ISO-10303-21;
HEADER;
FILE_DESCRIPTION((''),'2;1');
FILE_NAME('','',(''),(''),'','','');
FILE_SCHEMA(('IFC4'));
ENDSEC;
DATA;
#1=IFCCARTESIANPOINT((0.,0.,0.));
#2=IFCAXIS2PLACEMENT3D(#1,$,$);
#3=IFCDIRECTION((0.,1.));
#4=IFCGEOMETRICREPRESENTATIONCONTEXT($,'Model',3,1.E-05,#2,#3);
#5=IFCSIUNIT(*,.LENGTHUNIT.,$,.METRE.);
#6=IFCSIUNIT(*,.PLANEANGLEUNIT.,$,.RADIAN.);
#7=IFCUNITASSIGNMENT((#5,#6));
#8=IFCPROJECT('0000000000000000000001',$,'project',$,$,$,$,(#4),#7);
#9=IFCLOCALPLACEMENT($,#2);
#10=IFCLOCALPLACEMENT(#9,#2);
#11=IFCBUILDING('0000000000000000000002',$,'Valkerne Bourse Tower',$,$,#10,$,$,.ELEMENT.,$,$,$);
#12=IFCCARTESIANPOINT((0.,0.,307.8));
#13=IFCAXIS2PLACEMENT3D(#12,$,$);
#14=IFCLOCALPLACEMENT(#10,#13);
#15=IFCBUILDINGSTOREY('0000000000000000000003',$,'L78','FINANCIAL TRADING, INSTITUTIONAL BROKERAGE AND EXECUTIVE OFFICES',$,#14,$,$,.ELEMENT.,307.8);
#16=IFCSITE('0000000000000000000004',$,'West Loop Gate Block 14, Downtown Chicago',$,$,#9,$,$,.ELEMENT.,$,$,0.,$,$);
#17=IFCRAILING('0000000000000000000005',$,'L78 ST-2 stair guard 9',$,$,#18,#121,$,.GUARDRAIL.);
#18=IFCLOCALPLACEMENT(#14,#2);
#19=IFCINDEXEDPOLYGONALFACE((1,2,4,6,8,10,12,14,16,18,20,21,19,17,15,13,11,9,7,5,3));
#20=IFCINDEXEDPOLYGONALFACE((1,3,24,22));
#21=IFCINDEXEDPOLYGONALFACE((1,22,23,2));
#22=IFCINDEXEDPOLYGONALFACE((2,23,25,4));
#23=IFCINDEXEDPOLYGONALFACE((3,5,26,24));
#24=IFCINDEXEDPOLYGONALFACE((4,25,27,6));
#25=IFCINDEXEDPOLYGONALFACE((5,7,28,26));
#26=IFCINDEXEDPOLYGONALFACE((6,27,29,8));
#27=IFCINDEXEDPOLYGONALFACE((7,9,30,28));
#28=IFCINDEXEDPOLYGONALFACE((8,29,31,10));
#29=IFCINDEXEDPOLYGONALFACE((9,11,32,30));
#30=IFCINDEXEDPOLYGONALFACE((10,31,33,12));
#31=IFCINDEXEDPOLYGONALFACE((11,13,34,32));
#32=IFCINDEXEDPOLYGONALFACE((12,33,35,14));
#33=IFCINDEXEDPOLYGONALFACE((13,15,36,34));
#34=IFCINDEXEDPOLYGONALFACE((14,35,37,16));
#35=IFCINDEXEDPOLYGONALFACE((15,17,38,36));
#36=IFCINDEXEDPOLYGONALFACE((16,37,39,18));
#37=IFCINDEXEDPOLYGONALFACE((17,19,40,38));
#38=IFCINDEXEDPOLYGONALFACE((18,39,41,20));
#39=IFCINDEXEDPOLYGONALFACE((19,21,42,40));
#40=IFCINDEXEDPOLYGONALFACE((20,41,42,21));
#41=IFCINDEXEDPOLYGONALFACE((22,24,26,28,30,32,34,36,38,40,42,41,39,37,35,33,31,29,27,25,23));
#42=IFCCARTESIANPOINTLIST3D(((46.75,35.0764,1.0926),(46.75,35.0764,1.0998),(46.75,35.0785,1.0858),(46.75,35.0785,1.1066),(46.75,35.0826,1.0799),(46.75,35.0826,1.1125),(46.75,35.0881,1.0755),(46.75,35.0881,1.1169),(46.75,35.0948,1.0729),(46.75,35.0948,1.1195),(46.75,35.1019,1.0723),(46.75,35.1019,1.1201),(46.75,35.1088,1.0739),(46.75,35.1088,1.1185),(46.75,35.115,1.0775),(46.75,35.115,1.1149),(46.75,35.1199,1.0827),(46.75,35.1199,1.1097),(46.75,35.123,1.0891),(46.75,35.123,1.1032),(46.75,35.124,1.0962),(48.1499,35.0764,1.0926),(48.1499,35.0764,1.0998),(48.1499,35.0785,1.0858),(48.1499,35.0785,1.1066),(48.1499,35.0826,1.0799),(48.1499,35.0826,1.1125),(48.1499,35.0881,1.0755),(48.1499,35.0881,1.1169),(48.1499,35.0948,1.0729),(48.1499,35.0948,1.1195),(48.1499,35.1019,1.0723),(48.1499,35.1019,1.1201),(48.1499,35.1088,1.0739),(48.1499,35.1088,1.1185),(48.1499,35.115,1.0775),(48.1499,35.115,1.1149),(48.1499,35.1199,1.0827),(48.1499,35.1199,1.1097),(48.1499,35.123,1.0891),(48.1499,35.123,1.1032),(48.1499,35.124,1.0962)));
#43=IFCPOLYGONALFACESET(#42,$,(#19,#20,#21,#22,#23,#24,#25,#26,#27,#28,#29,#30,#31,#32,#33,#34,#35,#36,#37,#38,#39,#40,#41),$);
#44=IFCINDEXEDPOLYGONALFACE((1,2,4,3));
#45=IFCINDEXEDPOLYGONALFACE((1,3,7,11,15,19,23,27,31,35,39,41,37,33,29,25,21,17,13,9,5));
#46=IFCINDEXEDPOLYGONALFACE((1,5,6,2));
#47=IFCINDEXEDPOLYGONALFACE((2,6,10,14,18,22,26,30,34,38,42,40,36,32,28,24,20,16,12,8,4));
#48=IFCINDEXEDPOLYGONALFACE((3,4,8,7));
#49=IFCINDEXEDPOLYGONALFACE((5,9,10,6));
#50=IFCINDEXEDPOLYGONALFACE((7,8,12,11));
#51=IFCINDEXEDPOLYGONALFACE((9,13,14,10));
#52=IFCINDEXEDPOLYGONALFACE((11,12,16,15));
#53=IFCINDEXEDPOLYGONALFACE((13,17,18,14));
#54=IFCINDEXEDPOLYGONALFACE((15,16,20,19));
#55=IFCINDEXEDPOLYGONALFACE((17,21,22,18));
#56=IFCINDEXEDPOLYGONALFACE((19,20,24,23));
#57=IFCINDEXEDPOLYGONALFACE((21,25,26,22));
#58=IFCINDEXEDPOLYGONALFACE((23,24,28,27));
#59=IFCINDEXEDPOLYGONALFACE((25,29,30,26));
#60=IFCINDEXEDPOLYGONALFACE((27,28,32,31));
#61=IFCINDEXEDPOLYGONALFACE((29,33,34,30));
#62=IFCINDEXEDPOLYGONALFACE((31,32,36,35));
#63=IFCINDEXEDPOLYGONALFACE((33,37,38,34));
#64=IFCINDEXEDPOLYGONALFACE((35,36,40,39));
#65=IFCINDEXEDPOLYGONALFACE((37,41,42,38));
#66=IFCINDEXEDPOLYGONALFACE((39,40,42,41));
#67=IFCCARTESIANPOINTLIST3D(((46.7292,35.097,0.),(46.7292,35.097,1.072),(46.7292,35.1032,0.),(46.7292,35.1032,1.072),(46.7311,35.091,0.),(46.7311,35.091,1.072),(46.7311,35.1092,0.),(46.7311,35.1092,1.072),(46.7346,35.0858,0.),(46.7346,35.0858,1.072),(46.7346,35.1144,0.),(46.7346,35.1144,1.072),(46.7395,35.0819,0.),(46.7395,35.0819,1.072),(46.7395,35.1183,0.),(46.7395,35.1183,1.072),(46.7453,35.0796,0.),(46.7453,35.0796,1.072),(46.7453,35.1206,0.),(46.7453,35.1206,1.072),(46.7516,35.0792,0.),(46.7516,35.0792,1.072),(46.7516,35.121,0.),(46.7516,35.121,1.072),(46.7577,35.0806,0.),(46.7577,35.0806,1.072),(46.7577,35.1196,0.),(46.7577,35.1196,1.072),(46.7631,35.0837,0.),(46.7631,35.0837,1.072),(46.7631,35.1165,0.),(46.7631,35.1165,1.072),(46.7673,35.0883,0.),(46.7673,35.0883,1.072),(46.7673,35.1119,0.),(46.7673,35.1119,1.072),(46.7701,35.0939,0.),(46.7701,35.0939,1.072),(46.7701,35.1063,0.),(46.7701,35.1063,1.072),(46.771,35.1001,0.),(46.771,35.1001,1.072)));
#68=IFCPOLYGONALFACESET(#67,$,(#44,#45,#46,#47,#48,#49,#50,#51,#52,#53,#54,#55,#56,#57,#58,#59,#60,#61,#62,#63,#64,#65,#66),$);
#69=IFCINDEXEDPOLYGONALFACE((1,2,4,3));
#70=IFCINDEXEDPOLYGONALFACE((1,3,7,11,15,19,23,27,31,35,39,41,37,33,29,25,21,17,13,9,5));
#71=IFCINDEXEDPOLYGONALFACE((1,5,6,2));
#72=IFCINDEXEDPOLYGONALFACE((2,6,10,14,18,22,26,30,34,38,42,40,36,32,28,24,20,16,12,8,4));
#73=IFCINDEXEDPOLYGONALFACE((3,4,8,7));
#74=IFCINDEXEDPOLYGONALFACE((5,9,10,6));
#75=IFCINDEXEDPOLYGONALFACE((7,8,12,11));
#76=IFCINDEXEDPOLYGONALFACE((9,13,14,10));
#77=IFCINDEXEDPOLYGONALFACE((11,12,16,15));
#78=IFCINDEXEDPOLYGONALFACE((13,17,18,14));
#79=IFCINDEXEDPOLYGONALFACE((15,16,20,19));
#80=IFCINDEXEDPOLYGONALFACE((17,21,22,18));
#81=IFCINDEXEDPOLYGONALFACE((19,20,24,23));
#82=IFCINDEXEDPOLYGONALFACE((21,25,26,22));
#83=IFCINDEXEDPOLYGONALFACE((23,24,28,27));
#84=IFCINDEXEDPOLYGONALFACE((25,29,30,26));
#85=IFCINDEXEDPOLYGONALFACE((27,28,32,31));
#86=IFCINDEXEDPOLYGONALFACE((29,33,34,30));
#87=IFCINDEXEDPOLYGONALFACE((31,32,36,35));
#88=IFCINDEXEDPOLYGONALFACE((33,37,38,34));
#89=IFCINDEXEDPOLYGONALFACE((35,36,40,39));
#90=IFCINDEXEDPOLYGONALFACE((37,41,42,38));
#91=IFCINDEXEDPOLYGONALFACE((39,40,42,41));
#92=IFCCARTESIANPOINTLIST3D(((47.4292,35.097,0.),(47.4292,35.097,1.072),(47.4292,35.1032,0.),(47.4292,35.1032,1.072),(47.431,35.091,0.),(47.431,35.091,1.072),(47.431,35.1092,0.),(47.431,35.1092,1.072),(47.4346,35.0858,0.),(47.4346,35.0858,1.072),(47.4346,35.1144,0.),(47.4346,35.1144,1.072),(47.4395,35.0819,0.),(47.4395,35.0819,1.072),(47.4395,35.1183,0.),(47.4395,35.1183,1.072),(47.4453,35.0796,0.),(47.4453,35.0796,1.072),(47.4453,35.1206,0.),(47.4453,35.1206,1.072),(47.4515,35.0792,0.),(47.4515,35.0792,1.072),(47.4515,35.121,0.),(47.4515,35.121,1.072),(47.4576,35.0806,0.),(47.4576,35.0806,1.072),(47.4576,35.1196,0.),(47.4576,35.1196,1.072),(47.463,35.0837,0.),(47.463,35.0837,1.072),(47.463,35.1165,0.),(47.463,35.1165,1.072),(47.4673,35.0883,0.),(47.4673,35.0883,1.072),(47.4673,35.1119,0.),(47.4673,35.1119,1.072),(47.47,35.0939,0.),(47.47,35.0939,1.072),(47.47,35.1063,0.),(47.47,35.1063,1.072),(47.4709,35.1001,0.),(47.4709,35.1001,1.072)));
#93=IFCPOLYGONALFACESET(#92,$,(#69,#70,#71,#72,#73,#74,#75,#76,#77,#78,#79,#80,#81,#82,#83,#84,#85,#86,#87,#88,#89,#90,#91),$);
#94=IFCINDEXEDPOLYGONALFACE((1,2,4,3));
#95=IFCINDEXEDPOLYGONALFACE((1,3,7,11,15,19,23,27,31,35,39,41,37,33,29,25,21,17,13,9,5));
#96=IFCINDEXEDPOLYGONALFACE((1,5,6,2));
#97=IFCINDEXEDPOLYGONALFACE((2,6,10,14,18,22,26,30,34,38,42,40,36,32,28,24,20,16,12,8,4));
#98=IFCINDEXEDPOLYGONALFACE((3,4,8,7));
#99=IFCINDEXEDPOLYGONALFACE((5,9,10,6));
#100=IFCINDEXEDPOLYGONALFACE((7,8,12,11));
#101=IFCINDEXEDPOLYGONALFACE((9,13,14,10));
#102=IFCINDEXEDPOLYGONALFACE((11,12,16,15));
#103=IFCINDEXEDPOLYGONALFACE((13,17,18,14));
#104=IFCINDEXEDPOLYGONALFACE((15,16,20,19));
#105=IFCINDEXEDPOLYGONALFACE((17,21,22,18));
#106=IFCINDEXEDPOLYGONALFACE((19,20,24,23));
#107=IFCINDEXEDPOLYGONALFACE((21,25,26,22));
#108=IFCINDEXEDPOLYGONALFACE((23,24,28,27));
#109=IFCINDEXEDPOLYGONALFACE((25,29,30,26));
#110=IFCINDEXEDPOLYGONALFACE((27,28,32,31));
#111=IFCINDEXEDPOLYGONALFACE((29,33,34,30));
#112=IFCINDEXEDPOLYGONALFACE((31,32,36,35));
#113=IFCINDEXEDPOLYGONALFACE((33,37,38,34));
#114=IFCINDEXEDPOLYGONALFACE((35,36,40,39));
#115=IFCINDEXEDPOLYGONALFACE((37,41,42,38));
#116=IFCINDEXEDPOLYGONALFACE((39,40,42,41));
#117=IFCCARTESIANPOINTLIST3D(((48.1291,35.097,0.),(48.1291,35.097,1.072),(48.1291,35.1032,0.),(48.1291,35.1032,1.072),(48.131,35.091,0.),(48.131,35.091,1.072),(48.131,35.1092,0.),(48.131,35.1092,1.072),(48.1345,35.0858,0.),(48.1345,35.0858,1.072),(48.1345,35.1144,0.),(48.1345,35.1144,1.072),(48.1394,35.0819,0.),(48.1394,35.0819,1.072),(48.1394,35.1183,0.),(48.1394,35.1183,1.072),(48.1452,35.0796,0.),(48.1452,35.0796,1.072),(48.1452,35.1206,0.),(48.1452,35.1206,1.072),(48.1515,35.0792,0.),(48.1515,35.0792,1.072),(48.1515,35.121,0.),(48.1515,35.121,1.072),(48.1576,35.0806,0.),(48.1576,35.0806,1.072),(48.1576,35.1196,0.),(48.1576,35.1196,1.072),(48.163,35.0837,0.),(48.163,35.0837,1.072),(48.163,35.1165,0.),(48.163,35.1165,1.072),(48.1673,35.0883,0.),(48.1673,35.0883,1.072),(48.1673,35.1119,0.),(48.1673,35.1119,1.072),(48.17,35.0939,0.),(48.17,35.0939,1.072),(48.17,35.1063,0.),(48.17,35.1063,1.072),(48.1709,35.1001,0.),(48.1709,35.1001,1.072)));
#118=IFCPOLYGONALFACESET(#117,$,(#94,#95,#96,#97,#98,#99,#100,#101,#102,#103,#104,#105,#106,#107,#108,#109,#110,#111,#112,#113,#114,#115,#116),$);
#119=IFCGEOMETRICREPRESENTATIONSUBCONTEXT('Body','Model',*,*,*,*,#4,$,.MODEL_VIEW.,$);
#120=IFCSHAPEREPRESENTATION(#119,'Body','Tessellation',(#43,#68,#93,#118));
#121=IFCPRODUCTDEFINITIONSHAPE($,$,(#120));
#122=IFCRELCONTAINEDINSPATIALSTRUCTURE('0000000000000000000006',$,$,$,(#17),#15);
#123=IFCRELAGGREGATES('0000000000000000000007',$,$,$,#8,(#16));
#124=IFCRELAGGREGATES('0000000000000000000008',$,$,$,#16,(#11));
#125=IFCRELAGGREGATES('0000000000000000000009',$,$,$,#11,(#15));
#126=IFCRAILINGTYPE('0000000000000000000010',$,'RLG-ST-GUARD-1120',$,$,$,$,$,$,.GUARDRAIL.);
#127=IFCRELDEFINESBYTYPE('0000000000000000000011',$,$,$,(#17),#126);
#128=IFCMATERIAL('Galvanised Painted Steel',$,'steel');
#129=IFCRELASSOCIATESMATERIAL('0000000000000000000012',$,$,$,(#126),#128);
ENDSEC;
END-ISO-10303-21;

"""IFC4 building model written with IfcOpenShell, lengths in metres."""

from ifc_helpers import new_model, si_unit, direction, frame, origin, origin_2d, place, context, subcontext, project, spatial, circle, extrude, material, type_object, element, save


model = new_model("IFC4")

# Units and contexts
model_context = context("Model", 3, precision=1e-05, world=origin(), true_north=direction((0.0, 1.0)))
body_context = subcontext(model_context, "Body", "Model", "MODEL_VIEW")
ifc_project = project(units=[si_unit("LENGTHUNIT", "METRE"), si_unit("PLANEANGLEUNIT", "RADIAN")], contexts=[model_context])

# Site, building, storey
site_placement = place(None, origin())
site = spatial("IfcSite", under=ifc_project, at=site_placement, Name="West Loop Gate Block 14, Downtown Chicago", CompositionType="ELEMENT", RefElevation=0.0)
building_placement = place(site_placement, origin())
building = spatial("IfcBuilding", under=site, at=building_placement, Name="Valkerne Bourse Tower", CompositionType="ELEMENT")
storey_placement = place(building_placement, frame((0.0, 0.0, 307.8)))
storey = spatial("IfcBuildingStorey", under=building, at=storey_placement, Name="L78", Description="FINANCIAL TRADING, INSTITUTIONAL BROKERAGE AND EXECUTIVE OFFICES", CompositionType="ELEMENT", Elevation=307.8)

# Shared definitions
ifc_material_1 = material(Name="Galvanised Painted Steel", Category="steel")

# Railing
railing_type_1 = type_object("IfcRailingType", Name="RLG-ST-GUARD-1120", PredefinedType="GUARDRAIL", material=ifc_material_1)
for number, where, name in (
    (1, (46.75, 35.1001, 0.0), "L78 ST-2 stair guard 9"),
):
    element("IfcRailing", number, at=place(storey_placement, frame(where)), inside=storey, type_object=railing_type_1, Name=name, PredefinedType="GUARDRAIL", context=body_context, shape_type="SweptSolid", body=[
        extrude(circle(Radius=0.0239, at=origin_2d()), frame((0.0, 0.0, 1.0962), z_axis=(1.0, 0.0, 0.0), x_axis=(0.0, 1.0, 0.0)), (0.0, 0.0, 1.0), 1.3999),
        extrude(circle(Radius=0.021, at=origin_2d()), origin(), (0.0, 0.0, 1.0), 1.072),
        extrude(circle(Radius=0.021, at=origin_2d()), frame((0.7, 0.0, 0.0)), (0.0, 0.0, 1.0), 1.072),
        extrude(circle(Radius=0.021, at=origin_2d()), frame((1.3999, 0.0, 0.0)), (0.0, 0.0, 1.0), 1.072),
    ])

save(model, "model.ifc")
